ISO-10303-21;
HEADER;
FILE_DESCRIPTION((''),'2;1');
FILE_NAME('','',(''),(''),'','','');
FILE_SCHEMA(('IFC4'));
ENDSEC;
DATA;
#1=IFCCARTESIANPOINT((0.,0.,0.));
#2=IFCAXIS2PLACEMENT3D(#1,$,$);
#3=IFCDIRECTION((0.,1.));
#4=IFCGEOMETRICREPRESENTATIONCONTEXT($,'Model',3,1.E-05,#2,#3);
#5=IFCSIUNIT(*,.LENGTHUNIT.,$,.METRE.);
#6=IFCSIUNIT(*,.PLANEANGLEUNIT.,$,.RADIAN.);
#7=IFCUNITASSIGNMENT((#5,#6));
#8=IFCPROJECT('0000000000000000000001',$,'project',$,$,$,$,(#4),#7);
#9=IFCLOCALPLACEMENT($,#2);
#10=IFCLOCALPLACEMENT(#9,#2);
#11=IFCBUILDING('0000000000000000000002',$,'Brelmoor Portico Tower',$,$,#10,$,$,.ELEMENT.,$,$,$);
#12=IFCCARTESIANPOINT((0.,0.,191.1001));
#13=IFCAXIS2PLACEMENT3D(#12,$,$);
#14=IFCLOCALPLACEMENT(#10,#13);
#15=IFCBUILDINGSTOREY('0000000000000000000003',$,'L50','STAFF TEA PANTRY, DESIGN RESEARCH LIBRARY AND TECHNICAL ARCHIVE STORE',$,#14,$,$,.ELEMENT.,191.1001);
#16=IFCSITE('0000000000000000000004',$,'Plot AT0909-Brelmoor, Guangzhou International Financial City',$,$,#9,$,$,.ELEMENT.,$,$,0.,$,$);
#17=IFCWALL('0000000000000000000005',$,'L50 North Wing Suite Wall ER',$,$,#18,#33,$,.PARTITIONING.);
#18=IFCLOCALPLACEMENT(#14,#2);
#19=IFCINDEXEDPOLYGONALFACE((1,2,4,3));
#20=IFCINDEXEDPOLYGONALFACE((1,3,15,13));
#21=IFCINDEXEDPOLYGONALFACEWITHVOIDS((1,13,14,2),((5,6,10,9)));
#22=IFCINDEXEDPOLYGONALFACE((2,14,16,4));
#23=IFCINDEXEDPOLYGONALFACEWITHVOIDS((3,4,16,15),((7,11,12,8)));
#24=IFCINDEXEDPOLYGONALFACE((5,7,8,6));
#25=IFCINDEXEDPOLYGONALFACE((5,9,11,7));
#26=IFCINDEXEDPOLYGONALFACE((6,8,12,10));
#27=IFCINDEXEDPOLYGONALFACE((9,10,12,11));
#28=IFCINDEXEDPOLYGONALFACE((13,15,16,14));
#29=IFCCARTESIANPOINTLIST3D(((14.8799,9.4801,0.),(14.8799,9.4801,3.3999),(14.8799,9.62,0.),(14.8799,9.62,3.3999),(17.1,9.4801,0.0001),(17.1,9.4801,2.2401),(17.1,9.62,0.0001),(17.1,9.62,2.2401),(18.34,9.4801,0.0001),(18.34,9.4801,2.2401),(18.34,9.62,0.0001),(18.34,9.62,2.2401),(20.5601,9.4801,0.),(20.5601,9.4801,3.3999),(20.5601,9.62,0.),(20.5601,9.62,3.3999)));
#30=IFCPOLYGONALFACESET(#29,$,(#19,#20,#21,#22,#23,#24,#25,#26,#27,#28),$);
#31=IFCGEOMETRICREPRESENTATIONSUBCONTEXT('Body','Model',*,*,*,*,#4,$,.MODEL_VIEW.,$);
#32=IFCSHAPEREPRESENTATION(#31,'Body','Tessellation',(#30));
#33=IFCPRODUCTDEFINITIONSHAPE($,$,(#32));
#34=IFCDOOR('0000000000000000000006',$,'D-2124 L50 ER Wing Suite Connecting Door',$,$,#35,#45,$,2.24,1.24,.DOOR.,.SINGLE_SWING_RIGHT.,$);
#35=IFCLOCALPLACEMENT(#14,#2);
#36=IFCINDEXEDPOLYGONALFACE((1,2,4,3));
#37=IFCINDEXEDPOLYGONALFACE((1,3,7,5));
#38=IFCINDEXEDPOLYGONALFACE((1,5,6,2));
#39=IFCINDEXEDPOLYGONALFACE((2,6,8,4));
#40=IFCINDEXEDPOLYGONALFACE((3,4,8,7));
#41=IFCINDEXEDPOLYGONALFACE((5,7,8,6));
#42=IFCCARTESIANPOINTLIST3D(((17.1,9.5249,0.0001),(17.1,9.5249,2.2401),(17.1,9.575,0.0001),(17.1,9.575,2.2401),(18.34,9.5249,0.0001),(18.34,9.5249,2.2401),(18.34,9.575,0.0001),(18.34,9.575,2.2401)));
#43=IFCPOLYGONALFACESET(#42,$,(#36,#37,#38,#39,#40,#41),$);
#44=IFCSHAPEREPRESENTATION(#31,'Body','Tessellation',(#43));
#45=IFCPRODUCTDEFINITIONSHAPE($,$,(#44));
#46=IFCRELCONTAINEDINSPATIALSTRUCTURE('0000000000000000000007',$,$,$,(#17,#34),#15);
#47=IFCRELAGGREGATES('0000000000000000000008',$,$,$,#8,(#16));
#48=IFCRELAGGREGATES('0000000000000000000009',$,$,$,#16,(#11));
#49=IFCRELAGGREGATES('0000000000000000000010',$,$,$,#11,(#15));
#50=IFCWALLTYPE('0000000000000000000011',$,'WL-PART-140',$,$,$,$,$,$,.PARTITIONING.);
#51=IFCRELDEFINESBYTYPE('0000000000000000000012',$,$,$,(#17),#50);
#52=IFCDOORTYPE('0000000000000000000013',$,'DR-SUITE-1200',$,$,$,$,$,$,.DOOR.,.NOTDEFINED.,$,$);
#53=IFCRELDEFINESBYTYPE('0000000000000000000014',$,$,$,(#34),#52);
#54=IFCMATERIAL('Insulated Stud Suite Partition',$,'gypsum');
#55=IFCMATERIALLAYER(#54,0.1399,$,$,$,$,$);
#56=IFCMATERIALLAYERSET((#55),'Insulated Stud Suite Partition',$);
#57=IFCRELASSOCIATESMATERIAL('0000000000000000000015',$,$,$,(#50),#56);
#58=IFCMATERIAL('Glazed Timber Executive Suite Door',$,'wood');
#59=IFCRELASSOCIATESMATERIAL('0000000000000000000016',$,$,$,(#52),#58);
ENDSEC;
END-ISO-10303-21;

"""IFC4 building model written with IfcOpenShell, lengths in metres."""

from ifc_helpers import new_model, si_unit, direction, frame, frame_2d, origin, place, context, subcontext, project, spatial, rectangle, extrude, material, layer, layer_set, type_object, element, fill, save


model = new_model("IFC4")

# Units and contexts
model_context = context("Model", 3, precision=1e-05, world=origin(), true_north=direction((0.0, 1.0)))
body_context = subcontext(model_context, "Body", "Model", "MODEL_VIEW")
ifc_project = project(units=[si_unit("LENGTHUNIT", "METRE"), si_unit("PLANEANGLEUNIT", "RADIAN")], contexts=[model_context])

# Site, building, storey
site_placement = place(None, origin())
site = spatial("IfcSite", under=ifc_project, at=site_placement, Name="Plot AT0909-Brelmoor, Guangzhou International Financial City", CompositionType="ELEMENT", RefElevation=0.0)
building_placement = place(site_placement, origin())
building = spatial("IfcBuilding", under=site, at=building_placement, Name="Brelmoor Portico Tower", CompositionType="ELEMENT")
storey_placement = place(building_placement, frame((0.0, 0.0, 191.1001)))
storey = spatial("IfcBuildingStorey", under=building, at=storey_placement, Name="L50", Description="STAFF TEA PANTRY, DESIGN RESEARCH LIBRARY AND TECHNICAL ARCHIVE STORE", CompositionType="ELEMENT", Elevation=191.1001)

# Wall, opening, door
ifc_material_1 = material(Name="Insulated Stud Suite Partition", Category="gypsum")
ifc_layer_1 = layer(ifc_material_1, 0.1399)
ifc_layer_set_1 = layer_set([ifc_layer_1], Name="Insulated Stud Suite Partition")
wall_type_1 = type_object("IfcWallType", Name="WL-PART-140", PredefinedType="PARTITIONING", material=ifc_layer_set_1)
wall_1_placement = place(storey_placement, frame((14.8799, 9.55, 0.0), z_axis=(0.0, 0.0, 1.0), x_axis=(1.0, 0.0, 0.0)))
wall_1 = element("IfcWall", 1, at=wall_1_placement, inside=storey, type_object=wall_type_1, Name="L50 North Wing Suite Wall ER", PredefinedType="PARTITIONING", context=body_context, shape_type="SweptSolid", body=[
    extrude(rectangle(XDim=5.6802, YDim=0.1399, at=frame_2d((2.8401, 0.0))), origin(), (0.0, 0.0, 1.0), 3.3999),
])
opening_placement = place(wall_1_placement, frame((2.22, 0.0, 0.0)))
opening = element("IfcOpeningElement", 2, at=opening_placement, cuts=wall_1, PredefinedType="OPENING", context=body_context, shape_type="SweptSolid", body=[
    extrude(rectangle(XDim=1.24, YDim=2.24, at=frame_2d((0.6201, 1.1201))), frame((0.0, 0.0798, 0.0), z_axis=(0.0, -1.0, 0.0), x_axis=(1.0, 0.0, 0.0)), (0.0, 0.0, 1.0), 0.1599),
])
ifc_material_2 = material(Name="Glazed Timber Executive Suite Door", Category="wood")
door_type = type_object("IfcDoorType", Name="DR-SUITE-1200", OperationType="NOTDEFINED", PredefinedType="DOOR", material=ifc_material_2)
door_placement = place(opening_placement, origin())
door = element("IfcDoor", 3, at=door_placement, inside=storey, type_object=door_type, Name="D-2124 L50 ER Wing Suite Connecting Door", OperationType="SINGLE_SWING_RIGHT", OverallHeight=2.24, OverallWidth=1.24, PredefinedType="DOOR", context=body_context, shape_type="SweptSolid", body=[
    extrude(rectangle(XDim=1.24, YDim=2.24, at=frame_2d((0.6201, 1.1201))), frame((0.0, 0.0249, 0.0), z_axis=(0.0, -1.0, 0.0), x_axis=(1.0, 0.0, 0.0)), (0.0, 0.0, 1.0), 0.05),
])
fill(opening, door)

save(model, "model.ifc")
